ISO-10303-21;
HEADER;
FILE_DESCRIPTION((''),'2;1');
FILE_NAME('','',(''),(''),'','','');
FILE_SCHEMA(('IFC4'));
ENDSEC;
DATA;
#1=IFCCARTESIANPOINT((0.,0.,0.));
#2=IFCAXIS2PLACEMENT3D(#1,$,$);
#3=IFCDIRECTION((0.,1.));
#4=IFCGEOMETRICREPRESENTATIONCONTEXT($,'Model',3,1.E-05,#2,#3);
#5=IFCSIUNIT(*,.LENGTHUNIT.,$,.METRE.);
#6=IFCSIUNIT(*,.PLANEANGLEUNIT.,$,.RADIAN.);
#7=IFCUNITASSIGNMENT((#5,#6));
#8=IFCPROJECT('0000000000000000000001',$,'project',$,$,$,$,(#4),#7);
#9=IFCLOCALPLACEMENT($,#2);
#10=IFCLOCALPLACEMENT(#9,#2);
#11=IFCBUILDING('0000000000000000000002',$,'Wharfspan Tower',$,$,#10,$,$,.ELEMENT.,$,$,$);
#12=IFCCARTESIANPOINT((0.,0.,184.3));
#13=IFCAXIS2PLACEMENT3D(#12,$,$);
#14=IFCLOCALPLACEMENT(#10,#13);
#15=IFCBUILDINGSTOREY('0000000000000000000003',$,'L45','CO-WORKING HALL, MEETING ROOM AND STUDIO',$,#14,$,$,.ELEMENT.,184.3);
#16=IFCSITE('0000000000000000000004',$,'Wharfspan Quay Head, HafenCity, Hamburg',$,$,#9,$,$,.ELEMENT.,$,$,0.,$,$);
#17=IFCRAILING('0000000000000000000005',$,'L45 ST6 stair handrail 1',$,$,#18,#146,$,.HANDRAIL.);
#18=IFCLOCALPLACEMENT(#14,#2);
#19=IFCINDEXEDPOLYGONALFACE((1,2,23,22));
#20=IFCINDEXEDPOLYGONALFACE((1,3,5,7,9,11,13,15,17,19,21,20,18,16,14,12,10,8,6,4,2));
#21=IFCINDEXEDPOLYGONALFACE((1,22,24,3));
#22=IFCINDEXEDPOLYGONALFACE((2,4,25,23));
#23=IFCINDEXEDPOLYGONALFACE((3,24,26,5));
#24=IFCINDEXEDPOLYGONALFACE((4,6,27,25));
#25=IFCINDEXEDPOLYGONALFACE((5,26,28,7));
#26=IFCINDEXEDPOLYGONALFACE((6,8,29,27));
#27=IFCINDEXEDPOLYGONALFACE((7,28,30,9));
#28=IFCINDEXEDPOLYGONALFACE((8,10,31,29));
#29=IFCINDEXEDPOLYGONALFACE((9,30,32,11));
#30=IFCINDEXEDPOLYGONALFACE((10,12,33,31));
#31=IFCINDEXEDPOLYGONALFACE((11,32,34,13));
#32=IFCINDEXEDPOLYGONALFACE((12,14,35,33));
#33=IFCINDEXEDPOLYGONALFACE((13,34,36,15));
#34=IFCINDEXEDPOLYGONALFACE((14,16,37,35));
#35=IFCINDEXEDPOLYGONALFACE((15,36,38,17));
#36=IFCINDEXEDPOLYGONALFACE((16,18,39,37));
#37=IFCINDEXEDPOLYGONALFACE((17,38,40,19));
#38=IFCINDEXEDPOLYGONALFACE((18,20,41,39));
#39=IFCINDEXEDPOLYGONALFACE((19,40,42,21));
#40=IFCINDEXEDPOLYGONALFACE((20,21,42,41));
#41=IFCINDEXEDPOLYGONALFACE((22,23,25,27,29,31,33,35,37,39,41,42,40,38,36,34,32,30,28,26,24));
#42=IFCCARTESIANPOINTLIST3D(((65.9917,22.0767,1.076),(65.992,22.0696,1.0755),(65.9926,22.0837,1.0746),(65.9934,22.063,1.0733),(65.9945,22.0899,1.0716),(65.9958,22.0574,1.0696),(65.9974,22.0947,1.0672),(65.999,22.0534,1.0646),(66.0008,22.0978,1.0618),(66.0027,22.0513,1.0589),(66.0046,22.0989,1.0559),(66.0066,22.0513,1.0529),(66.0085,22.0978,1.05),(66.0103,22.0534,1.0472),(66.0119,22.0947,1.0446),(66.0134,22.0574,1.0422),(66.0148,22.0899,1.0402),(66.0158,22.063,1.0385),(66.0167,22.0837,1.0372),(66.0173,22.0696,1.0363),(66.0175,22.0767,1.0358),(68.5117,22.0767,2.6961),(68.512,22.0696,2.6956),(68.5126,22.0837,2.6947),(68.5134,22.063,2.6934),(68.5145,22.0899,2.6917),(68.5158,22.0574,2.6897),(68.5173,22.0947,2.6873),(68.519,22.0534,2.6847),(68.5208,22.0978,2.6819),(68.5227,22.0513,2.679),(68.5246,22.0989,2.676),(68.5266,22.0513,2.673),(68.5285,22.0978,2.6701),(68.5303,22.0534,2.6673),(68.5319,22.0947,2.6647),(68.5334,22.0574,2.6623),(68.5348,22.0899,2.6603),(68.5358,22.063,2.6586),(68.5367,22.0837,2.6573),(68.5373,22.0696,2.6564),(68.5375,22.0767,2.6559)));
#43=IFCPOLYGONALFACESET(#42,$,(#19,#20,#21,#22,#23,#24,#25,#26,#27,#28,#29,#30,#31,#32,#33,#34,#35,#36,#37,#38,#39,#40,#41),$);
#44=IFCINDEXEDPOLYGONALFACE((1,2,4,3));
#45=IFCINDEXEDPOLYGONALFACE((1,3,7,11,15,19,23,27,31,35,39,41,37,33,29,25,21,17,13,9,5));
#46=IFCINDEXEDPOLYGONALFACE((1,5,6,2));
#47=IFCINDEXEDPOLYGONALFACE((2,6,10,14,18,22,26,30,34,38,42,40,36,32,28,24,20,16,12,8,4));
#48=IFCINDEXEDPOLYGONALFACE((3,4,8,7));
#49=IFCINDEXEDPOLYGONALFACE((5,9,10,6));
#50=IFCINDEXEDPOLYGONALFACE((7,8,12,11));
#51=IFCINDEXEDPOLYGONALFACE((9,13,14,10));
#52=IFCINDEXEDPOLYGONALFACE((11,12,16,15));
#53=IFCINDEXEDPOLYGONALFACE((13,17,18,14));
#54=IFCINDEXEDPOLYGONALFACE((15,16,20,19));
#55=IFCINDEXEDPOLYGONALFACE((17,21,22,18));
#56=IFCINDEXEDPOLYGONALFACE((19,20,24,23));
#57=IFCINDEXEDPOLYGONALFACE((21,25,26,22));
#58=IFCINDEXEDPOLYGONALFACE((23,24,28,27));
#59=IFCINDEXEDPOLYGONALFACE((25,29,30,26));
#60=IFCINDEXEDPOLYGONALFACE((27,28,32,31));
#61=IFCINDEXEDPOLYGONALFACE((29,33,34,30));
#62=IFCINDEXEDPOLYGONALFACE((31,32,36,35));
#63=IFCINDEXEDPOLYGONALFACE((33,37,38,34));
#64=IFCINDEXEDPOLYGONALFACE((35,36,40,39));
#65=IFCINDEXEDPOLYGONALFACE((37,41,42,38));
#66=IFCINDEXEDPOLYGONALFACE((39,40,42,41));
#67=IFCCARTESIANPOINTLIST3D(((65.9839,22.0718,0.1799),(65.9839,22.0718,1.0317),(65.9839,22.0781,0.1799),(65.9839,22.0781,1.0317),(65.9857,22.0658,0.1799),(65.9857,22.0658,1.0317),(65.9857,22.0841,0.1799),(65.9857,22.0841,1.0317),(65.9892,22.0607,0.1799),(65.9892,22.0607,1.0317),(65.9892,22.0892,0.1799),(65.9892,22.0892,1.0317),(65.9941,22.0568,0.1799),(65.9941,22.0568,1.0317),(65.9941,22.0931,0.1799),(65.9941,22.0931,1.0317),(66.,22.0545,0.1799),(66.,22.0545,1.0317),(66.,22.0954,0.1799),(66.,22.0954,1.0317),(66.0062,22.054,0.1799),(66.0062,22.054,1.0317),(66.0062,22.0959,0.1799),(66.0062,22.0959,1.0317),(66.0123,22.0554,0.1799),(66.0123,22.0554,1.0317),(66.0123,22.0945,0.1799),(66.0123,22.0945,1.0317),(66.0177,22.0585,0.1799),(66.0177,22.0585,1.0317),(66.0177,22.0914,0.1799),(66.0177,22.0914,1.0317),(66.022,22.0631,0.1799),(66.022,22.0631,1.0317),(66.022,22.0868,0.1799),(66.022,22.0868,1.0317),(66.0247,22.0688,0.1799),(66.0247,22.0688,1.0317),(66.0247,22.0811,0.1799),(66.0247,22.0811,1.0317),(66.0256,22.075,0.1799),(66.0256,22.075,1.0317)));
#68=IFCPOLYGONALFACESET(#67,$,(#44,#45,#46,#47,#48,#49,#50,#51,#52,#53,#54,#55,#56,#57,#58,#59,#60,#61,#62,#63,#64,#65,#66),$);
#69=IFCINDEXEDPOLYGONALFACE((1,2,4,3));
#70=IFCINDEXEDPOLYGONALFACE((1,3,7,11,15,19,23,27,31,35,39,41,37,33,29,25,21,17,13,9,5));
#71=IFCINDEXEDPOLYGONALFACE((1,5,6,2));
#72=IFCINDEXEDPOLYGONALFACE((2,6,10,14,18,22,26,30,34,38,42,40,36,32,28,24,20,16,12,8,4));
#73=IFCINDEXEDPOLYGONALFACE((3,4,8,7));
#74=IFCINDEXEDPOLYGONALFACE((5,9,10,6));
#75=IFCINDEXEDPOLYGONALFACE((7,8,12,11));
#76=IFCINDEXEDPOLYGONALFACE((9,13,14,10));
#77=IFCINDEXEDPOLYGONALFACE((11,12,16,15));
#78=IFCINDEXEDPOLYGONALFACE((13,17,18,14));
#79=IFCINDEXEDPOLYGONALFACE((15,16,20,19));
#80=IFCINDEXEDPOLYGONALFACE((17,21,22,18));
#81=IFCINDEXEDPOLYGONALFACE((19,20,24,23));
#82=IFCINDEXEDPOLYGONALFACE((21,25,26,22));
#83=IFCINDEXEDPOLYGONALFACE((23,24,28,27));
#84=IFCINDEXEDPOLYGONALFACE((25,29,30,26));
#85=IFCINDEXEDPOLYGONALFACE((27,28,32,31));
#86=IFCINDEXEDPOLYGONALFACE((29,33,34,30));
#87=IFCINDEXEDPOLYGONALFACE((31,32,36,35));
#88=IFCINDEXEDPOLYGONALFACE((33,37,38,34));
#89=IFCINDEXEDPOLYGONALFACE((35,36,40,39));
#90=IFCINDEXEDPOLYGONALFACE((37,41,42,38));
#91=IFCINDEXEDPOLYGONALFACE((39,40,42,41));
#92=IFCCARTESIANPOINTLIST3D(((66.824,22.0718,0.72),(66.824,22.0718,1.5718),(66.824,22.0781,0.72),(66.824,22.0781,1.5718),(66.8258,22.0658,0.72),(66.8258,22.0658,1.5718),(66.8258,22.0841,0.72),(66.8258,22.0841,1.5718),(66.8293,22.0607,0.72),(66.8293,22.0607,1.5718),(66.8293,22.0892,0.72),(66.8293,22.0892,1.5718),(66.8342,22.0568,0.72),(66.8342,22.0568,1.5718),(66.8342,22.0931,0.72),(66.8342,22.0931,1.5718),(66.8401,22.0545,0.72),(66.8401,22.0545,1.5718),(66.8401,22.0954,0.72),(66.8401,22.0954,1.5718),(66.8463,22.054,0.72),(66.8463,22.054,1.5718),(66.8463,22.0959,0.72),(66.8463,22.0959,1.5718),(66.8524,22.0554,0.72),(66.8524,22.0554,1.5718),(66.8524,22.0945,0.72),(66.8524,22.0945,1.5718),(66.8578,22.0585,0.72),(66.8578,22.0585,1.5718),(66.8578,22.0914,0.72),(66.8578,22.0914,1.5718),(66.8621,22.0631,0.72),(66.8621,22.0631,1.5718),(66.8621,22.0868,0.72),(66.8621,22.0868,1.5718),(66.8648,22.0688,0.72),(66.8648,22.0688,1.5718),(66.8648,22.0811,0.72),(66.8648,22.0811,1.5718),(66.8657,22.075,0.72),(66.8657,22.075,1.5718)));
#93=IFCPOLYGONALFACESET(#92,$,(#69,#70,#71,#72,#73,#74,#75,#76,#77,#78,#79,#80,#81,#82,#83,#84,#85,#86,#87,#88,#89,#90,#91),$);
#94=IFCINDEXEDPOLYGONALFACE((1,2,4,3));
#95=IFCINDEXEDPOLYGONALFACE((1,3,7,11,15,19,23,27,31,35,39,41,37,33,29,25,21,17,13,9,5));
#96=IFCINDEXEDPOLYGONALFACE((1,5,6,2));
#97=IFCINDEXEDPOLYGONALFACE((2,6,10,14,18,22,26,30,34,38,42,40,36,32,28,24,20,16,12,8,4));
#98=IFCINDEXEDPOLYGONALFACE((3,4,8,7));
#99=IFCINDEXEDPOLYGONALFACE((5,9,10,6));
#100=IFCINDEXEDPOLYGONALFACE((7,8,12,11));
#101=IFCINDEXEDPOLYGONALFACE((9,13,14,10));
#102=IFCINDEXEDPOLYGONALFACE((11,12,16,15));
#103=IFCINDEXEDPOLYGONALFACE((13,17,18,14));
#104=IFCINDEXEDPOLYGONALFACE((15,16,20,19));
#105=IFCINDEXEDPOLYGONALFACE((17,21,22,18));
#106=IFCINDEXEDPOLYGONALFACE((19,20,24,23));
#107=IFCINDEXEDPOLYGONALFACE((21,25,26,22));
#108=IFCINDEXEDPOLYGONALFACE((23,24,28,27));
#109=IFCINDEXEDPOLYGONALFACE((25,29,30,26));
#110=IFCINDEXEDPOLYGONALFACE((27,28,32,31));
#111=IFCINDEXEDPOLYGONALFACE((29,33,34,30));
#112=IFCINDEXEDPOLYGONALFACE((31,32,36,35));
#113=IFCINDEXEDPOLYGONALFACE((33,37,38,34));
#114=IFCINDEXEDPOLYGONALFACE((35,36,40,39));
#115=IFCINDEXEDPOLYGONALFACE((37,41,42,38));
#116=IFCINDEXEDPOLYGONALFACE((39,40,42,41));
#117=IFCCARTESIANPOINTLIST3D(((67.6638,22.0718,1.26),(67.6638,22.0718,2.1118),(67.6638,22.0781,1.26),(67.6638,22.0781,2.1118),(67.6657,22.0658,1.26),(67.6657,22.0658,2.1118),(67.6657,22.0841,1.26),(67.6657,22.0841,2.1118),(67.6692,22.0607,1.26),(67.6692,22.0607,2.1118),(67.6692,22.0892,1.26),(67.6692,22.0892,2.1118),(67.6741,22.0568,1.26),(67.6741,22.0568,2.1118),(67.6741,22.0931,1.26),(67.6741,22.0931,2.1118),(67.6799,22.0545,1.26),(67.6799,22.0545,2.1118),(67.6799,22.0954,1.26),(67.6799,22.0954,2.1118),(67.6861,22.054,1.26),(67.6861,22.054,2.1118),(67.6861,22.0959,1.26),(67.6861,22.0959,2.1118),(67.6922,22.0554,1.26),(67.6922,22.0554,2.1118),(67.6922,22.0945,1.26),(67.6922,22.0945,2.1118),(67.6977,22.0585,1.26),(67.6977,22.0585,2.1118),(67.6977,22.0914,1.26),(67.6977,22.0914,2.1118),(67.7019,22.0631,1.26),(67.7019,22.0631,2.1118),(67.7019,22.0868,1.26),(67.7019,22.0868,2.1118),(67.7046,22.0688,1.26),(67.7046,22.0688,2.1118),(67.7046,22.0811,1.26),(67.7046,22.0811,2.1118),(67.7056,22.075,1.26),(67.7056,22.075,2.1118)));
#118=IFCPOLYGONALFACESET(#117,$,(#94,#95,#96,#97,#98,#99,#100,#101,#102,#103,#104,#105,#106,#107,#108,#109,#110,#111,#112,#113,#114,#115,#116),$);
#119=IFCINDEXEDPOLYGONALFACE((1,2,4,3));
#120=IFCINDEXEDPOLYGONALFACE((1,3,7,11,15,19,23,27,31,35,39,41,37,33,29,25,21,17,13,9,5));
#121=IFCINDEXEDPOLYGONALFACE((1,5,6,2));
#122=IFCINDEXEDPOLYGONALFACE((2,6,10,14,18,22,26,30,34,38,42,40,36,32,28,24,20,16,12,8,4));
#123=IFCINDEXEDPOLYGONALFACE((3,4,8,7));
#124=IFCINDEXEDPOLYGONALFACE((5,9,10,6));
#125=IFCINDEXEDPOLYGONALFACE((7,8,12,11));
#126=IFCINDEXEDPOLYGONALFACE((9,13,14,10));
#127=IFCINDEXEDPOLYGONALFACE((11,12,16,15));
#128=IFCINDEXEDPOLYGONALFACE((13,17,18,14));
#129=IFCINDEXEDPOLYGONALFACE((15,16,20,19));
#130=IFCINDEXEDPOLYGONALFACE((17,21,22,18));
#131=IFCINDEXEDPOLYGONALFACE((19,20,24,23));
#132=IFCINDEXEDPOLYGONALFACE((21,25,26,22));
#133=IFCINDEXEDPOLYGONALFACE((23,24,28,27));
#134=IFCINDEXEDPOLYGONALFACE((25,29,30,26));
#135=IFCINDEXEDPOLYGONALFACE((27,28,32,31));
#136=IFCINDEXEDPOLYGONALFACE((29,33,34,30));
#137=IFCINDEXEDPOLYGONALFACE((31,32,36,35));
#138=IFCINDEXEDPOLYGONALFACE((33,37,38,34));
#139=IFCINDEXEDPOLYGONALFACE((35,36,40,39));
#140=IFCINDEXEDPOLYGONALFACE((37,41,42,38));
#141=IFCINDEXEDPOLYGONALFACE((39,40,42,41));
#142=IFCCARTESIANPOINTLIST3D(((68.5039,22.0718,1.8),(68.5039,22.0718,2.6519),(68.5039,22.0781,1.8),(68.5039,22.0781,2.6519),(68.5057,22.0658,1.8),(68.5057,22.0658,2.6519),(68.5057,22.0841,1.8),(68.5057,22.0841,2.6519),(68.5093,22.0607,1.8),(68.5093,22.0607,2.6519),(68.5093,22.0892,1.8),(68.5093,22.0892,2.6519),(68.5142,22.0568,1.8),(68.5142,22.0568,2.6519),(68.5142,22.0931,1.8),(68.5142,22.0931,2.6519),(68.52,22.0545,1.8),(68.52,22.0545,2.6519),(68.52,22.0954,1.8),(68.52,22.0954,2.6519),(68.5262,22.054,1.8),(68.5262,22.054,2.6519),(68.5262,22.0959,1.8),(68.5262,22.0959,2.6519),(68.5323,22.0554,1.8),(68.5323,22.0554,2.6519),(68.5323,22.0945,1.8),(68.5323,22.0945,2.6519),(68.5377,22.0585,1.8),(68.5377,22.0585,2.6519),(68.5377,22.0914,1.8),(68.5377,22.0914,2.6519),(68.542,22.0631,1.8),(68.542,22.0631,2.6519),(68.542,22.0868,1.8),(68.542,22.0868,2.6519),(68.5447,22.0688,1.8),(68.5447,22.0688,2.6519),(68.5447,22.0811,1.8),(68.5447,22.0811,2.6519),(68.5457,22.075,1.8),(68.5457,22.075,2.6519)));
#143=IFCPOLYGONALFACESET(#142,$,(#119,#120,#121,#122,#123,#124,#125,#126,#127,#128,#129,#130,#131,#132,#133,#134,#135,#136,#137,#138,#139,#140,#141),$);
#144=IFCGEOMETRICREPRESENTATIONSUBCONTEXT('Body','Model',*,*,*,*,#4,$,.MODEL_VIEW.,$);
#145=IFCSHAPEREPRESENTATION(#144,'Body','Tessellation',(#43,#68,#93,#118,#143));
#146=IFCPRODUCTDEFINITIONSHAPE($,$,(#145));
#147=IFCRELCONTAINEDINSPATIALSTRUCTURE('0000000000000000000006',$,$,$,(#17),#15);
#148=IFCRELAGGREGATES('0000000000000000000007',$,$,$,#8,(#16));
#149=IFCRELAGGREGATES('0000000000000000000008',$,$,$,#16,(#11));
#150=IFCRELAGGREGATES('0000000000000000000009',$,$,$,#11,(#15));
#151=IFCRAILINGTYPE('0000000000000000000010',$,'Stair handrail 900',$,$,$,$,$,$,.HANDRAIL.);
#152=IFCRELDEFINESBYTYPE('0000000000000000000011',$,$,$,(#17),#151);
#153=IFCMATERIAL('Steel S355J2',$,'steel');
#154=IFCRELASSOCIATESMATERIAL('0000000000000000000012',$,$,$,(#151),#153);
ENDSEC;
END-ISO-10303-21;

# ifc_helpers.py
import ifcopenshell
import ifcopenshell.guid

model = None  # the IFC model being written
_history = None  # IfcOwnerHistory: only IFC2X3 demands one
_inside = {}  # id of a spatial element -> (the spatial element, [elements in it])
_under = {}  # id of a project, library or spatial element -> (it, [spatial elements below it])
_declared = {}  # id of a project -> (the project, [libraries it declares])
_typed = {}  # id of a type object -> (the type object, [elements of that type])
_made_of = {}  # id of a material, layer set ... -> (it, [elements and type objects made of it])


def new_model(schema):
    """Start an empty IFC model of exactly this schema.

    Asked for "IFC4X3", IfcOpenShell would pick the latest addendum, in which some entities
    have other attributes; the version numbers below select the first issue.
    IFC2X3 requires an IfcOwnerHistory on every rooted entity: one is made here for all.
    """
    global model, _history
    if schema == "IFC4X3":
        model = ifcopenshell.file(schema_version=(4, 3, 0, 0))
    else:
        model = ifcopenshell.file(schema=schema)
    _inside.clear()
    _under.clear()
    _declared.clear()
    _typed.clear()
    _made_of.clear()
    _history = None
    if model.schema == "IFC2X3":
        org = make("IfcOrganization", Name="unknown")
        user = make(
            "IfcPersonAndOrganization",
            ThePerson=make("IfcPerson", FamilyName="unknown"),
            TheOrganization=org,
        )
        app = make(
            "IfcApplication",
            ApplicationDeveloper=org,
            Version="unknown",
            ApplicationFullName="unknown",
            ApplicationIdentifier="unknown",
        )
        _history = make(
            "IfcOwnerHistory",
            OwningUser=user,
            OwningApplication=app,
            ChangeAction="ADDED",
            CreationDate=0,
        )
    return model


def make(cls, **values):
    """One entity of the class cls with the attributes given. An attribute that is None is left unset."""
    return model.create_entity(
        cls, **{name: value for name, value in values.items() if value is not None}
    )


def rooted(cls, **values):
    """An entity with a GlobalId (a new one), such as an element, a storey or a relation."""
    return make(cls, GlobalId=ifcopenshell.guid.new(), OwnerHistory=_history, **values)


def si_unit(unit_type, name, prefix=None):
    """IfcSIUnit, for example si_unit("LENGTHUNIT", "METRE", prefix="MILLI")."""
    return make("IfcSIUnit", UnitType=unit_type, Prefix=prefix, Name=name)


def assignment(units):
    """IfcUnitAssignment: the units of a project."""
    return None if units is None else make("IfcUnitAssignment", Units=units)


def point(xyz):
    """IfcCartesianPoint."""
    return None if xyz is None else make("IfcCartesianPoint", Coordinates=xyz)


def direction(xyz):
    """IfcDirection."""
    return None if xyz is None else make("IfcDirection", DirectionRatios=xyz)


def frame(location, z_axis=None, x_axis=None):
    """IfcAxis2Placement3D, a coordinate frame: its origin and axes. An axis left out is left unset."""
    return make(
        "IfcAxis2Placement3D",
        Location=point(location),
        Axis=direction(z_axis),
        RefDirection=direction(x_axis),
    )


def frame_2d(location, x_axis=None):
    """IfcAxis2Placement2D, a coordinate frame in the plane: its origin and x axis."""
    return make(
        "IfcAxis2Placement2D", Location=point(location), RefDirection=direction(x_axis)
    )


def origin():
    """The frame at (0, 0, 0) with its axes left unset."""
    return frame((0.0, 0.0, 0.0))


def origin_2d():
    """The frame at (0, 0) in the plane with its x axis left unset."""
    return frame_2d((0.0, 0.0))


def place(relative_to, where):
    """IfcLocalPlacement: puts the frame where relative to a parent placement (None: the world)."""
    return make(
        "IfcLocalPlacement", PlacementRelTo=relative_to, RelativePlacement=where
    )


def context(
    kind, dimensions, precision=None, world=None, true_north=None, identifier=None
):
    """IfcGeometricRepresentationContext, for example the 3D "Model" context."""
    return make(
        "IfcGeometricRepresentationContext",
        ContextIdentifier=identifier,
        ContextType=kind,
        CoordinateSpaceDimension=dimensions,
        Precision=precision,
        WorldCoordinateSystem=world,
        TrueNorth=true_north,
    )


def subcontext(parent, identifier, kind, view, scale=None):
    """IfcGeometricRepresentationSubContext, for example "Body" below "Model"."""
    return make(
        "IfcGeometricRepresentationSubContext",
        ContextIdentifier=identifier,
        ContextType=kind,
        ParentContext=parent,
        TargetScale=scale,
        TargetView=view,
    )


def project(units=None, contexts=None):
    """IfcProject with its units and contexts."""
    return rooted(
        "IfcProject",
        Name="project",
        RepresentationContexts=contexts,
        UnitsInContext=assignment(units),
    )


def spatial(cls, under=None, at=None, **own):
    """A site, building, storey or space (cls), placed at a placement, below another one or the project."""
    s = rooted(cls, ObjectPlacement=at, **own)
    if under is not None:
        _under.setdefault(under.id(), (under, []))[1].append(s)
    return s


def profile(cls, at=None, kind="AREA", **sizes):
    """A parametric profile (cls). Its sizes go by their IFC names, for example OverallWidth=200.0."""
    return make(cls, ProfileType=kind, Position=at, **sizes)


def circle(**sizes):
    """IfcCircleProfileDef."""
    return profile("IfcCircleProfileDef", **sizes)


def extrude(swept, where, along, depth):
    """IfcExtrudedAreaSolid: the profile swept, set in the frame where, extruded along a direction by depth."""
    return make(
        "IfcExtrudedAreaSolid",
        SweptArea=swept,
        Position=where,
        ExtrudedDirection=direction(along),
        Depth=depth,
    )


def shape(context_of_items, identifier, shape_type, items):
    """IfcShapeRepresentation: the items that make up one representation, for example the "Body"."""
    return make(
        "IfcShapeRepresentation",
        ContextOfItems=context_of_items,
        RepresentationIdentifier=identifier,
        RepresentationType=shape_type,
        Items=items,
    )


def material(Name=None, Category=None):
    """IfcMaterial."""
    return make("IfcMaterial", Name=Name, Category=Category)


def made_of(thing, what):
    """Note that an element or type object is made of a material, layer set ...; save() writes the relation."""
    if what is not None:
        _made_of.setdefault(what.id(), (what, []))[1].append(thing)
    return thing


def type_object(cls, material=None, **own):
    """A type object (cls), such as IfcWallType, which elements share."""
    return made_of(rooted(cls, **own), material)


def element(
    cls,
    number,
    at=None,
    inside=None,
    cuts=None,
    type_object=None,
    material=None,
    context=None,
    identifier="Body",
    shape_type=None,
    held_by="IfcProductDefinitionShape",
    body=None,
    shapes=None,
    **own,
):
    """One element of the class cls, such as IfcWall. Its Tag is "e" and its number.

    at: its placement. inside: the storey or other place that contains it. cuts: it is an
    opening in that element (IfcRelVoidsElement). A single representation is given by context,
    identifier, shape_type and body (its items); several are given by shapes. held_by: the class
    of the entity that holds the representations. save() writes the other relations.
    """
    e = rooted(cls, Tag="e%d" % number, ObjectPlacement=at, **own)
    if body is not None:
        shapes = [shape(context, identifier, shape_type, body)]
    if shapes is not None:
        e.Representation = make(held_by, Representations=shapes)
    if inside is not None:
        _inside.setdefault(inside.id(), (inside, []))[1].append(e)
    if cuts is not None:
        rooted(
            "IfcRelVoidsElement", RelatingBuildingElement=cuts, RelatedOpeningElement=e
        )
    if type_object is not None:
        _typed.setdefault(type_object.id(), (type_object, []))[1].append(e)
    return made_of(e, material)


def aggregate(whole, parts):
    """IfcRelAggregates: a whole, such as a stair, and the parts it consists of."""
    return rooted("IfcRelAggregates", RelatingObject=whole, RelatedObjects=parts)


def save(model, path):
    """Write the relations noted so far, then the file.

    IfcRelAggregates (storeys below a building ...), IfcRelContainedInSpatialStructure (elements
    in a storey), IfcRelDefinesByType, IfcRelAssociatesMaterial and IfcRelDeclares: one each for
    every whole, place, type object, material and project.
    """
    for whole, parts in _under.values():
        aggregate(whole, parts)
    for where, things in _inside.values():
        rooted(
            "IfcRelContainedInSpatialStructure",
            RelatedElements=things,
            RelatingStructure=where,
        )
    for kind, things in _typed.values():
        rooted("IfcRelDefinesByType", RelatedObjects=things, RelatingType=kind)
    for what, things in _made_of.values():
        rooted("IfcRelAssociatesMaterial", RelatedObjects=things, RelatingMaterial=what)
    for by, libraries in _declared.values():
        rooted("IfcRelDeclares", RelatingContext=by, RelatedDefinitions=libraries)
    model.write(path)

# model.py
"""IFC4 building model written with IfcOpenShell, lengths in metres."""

from ifc_helpers import new_model, si_unit, direction, frame, origin, origin_2d, place, context, subcontext, project, spatial, circle, extrude, material, type_object, element, save


model = new_model("IFC4")

# Units and contexts
model_context = context("Model", 3, precision=1e-05, world=origin(), true_north=direction((0.0, 1.0)))
body_context = subcontext(model_context, "Body", "Model", "MODEL_VIEW")
ifc_project = project(units=[si_unit("LENGTHUNIT", "METRE"), si_unit("PLANEANGLEUNIT", "RADIAN")], contexts=[model_context])

# Site, building, storey
site_placement = place(None, origin())
site = spatial("IfcSite", under=ifc_project, at=site_placement, Name="Wharfspan Quay Head, HafenCity, Hamburg", CompositionType="ELEMENT", RefElevation=0.0)
building_placement = place(site_placement, origin())
building = spatial("IfcBuilding", under=site, at=building_placement, Name="Wharfspan Tower", CompositionType="ELEMENT")
storey_placement = place(building_placement, frame((0.0, 0.0, 184.3)))
storey = spatial("IfcBuildingStorey", under=building, at=storey_placement, Name="L45", Description="CO-WORKING HALL, MEETING ROOM AND STUDIO", CompositionType="ELEMENT", Elevation=184.3)

# Shared definitions
ifc_material_1 = material(Name="Steel S355J2", Category="steel")

# Railing
railing_type_1 = type_object("IfcRailingType", Name="Stair handrail 900", PredefinedType="HANDRAIL", material=ifc_material_1)
railing_1_placement = place(storey_placement, frame((66.0046, 22.075, 0.1799)))
element("IfcRailing", 1, at=railing_1_placement, inside=storey, type_object=railing_type_1, Name="L45 ST6 stair handrail 1", PredefinedType="HANDRAIL", context=body_context, shape_type="SweptSolid", body=[
    extrude(circle(Radius=0.0239, at=origin_2d()), frame((0.0, 0.0, 0.876), z_axis=(0.841163, 0.0, 0.540782), x_axis=(0.0, 1.0, 0.0)), (0.0, 0.0, 1.0), 2.9958),
    extrude(circle(Radius=0.021, at=origin_2d()), origin(), (0.0, 0.0, 1.0), 0.8518),
    extrude(circle(Radius=0.021, at=origin_2d()), frame((0.8401, 0.0, 0.54)), (0.0, 0.0, 1.0), 0.8518),
    extrude(circle(Radius=0.021, at=origin_2d()), frame((1.6799, 0.0, 1.0801)), (0.0, 0.0, 1.0), 0.8518),
    extrude(circle(Radius=0.021, at=origin_2d()), frame((2.52, 0.0, 1.6201)), (0.0, 0.0, 1.0), 0.8518),
])

save(model, "model.ifc")
